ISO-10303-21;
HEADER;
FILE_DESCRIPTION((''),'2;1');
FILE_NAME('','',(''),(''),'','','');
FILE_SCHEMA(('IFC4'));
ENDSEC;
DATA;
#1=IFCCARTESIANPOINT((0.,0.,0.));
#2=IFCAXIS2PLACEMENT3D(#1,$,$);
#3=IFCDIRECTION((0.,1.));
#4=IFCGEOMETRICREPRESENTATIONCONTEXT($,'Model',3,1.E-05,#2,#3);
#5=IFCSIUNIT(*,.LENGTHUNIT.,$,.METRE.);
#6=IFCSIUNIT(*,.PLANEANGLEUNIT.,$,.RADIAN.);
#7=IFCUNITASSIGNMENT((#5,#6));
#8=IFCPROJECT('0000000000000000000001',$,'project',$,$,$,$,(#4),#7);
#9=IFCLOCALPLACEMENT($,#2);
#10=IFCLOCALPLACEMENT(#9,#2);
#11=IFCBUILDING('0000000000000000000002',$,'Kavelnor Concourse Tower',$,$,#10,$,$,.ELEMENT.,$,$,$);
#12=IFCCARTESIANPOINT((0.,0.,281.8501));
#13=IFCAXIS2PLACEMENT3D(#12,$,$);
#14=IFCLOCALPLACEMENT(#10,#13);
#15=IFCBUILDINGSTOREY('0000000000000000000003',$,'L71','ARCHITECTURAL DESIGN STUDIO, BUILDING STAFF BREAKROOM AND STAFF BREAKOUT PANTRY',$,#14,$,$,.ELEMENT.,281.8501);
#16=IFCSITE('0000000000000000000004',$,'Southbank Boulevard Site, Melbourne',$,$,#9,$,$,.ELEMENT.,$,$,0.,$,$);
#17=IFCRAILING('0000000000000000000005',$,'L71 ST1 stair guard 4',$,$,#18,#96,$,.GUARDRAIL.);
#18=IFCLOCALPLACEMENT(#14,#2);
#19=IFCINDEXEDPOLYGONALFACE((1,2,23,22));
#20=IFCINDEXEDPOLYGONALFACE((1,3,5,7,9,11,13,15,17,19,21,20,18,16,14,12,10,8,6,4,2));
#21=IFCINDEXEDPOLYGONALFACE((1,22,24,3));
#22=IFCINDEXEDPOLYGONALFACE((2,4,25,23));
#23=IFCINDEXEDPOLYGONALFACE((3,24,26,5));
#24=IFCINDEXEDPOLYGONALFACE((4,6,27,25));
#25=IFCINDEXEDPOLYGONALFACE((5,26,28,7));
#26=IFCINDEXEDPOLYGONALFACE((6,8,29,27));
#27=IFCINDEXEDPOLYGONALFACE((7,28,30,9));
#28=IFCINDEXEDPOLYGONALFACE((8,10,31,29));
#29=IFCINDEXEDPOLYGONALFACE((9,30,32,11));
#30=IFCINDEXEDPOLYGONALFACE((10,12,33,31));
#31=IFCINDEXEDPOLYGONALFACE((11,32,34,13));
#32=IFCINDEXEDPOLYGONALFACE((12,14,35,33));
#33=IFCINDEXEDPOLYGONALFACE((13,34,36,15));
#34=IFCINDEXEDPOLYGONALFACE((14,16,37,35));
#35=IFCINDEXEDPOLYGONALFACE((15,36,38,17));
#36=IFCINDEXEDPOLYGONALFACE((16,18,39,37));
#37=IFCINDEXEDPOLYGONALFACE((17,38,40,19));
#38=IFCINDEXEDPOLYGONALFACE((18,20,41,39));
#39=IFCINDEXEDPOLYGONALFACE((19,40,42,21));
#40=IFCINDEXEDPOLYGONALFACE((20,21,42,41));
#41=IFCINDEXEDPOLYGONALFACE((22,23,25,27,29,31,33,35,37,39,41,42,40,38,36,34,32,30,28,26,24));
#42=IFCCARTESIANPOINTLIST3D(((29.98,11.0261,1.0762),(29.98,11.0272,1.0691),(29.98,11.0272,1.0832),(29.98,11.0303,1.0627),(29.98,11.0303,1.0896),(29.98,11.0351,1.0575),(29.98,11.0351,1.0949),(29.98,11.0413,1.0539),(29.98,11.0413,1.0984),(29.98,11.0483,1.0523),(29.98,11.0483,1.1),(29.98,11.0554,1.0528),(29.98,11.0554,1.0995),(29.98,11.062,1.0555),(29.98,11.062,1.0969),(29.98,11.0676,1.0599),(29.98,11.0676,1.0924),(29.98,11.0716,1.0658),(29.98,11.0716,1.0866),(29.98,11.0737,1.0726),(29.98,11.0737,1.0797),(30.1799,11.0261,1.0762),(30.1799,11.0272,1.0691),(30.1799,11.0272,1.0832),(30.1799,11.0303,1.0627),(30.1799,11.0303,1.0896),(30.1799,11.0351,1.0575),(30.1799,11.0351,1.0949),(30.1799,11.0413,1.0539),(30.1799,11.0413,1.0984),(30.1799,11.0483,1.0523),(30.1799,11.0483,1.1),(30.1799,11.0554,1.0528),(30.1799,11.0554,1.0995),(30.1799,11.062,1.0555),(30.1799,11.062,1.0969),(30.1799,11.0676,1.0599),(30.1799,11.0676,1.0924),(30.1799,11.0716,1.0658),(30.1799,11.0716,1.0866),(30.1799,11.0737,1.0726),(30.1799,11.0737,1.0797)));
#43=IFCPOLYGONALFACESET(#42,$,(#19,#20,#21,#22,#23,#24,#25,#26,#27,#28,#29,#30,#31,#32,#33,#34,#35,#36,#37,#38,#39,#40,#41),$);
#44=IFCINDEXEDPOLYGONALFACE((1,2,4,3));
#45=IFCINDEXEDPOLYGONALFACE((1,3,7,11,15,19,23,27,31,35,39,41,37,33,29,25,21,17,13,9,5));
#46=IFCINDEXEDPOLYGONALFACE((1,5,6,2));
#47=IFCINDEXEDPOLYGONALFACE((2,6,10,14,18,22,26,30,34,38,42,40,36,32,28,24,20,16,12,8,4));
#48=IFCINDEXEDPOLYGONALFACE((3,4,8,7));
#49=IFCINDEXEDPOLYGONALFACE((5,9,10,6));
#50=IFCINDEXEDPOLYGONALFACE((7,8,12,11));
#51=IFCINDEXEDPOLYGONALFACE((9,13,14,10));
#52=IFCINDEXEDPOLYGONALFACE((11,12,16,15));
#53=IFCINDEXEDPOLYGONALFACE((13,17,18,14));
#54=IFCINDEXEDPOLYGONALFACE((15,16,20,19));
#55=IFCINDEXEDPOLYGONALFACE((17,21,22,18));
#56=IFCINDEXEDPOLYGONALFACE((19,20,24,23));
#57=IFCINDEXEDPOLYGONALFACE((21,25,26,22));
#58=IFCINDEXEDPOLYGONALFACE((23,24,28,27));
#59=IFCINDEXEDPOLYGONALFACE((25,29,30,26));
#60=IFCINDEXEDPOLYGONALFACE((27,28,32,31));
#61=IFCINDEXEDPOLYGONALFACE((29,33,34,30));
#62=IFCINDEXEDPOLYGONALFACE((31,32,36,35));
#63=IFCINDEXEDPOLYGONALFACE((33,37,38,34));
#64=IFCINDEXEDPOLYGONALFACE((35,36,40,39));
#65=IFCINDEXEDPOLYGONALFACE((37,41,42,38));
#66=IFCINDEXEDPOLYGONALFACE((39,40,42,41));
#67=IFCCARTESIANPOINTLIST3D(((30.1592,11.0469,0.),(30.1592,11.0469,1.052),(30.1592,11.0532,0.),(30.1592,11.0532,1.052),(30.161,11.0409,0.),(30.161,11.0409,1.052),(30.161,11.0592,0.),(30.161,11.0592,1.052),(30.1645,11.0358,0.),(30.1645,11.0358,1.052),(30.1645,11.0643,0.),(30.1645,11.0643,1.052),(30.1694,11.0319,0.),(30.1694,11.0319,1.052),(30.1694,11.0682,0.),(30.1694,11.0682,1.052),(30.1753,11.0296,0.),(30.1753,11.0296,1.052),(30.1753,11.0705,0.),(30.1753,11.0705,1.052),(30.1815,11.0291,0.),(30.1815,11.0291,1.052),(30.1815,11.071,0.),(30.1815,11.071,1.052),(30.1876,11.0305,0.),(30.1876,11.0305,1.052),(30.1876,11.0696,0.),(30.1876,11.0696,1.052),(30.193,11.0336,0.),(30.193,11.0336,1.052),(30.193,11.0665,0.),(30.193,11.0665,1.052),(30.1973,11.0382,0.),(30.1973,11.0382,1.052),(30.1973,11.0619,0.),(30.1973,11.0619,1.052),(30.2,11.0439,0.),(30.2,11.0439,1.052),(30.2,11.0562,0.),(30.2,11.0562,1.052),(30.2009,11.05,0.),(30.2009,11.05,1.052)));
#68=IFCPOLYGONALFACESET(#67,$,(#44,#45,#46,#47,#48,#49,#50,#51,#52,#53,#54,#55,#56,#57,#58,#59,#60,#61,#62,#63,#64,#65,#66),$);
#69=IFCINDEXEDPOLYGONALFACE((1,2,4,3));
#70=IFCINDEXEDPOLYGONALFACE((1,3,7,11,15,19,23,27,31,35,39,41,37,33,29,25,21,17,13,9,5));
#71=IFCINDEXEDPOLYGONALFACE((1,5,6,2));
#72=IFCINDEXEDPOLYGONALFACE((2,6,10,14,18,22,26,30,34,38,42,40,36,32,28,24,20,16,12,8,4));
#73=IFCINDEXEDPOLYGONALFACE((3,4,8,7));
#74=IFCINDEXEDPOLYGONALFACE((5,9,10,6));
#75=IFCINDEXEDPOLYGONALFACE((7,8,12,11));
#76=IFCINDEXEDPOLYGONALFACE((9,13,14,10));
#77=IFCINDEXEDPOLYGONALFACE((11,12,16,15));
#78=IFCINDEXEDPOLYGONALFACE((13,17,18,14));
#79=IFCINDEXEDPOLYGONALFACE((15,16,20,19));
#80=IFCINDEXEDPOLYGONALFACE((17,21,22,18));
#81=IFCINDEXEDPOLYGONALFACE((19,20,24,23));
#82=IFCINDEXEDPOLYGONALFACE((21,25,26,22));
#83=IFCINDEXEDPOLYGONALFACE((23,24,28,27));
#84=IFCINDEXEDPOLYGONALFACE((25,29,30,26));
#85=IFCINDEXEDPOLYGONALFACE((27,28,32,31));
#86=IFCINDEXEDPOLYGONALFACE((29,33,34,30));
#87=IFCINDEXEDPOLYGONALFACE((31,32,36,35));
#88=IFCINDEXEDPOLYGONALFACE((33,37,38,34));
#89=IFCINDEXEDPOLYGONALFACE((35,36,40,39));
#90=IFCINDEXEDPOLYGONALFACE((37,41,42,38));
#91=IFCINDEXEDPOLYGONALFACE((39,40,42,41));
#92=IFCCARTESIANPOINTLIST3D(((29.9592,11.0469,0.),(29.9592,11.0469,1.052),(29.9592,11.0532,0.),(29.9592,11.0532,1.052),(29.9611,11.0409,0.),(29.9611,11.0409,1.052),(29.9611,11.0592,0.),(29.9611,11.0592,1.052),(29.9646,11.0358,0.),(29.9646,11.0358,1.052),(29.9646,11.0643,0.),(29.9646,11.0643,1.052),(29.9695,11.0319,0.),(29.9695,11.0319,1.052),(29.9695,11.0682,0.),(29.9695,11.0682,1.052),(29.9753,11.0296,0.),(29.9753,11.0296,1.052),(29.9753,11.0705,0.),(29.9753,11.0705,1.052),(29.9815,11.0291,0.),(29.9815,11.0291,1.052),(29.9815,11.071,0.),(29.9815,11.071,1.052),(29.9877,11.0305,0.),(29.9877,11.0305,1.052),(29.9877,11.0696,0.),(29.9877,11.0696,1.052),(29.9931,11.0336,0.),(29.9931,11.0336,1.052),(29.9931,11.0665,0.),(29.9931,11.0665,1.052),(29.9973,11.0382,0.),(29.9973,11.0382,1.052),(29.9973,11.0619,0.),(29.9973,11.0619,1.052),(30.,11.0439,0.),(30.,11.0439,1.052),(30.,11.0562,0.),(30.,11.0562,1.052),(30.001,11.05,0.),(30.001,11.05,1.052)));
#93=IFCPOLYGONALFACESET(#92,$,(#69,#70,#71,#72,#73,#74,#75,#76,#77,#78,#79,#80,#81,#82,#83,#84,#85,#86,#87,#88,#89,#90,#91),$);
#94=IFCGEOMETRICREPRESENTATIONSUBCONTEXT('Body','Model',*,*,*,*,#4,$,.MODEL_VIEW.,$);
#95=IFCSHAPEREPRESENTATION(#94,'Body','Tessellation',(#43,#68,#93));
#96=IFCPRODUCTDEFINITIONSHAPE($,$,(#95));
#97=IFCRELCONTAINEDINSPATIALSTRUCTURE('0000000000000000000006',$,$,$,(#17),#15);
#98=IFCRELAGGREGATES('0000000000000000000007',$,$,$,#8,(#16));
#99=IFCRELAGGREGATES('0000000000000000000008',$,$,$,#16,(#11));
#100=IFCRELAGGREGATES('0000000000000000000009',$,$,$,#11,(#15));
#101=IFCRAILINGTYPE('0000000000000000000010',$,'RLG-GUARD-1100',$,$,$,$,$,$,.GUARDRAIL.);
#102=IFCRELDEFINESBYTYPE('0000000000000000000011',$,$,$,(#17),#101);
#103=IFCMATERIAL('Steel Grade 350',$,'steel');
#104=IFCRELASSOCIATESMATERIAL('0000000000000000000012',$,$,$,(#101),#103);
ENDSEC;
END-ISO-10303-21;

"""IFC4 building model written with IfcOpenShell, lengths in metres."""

from ifc_helpers import new_model, si_unit, direction, frame, origin, origin_2d, place, context, subcontext, project, spatial, circle, extrude, material, type_object, element, save


model = new_model("IFC4")

# Units and contexts
model_context = context("Model", 3, precision=1e-05, world=origin(), true_north=direction((0.0, 1.0)))
body_context = subcontext(model_context, "Body", "Model", "MODEL_VIEW")
ifc_project = project(units=[si_unit("LENGTHUNIT", "METRE"), si_unit("PLANEANGLEUNIT", "RADIAN")], contexts=[model_context])

# Site, building, storey
site_placement = place(None, origin())
site = spatial("IfcSite", under=ifc_project, at=site_placement, Name="Southbank Boulevard Site, Melbourne", CompositionType="ELEMENT", RefElevation=0.0)
building_placement = place(site_placement, origin())
building = spatial("IfcBuilding", under=site, at=building_placement, Name="Kavelnor Concourse Tower", CompositionType="ELEMENT")
storey_placement = place(building_placement, frame((0.0, 0.0, 281.8501)))
storey = spatial("IfcBuildingStorey", under=building, at=storey_placement, Name="L71", Description="ARCHITECTURAL DESIGN STUDIO, BUILDING STAFF BREAKROOM AND STAFF BREAKOUT PANTRY", CompositionType="ELEMENT", Elevation=281.8501)

# Shared definitions
ifc_material_1 = material(Name="Steel Grade 350", Category="steel")

# Railing
railing_type_1 = type_object("IfcRailingType", Name="RLG-GUARD-1100", PredefinedType="GUARDRAIL", material=ifc_material_1)
railing_1_placement = place(storey_placement, frame((30.1799, 11.05, 0.0)))
element("IfcRailing", 1, at=railing_1_placement, inside=storey, type_object=railing_type_1, Name="L71 ST1 stair guard 4", PredefinedType="GUARDRAIL", context=body_context, shape_type="SweptSolid", body=[
    extrude(circle(Radius=0.0239, at=origin_2d()), frame((0.0, 0.0, 1.0762), z_axis=(-1.0, 0.0, 0.0), x_axis=(0.0, -1.0, 0.0)), (0.0, 0.0, 1.0), 0.2),
    extrude(circle(Radius=0.021, at=origin_2d()), origin(), (0.0, 0.0, 1.0), 1.052),
    extrude(circle(Radius=0.021, at=origin_2d()), frame((-0.2, 0.0, 0.0)), (0.0, 0.0, 1.0), 1.052),
])

save(model, "model.ifc")
